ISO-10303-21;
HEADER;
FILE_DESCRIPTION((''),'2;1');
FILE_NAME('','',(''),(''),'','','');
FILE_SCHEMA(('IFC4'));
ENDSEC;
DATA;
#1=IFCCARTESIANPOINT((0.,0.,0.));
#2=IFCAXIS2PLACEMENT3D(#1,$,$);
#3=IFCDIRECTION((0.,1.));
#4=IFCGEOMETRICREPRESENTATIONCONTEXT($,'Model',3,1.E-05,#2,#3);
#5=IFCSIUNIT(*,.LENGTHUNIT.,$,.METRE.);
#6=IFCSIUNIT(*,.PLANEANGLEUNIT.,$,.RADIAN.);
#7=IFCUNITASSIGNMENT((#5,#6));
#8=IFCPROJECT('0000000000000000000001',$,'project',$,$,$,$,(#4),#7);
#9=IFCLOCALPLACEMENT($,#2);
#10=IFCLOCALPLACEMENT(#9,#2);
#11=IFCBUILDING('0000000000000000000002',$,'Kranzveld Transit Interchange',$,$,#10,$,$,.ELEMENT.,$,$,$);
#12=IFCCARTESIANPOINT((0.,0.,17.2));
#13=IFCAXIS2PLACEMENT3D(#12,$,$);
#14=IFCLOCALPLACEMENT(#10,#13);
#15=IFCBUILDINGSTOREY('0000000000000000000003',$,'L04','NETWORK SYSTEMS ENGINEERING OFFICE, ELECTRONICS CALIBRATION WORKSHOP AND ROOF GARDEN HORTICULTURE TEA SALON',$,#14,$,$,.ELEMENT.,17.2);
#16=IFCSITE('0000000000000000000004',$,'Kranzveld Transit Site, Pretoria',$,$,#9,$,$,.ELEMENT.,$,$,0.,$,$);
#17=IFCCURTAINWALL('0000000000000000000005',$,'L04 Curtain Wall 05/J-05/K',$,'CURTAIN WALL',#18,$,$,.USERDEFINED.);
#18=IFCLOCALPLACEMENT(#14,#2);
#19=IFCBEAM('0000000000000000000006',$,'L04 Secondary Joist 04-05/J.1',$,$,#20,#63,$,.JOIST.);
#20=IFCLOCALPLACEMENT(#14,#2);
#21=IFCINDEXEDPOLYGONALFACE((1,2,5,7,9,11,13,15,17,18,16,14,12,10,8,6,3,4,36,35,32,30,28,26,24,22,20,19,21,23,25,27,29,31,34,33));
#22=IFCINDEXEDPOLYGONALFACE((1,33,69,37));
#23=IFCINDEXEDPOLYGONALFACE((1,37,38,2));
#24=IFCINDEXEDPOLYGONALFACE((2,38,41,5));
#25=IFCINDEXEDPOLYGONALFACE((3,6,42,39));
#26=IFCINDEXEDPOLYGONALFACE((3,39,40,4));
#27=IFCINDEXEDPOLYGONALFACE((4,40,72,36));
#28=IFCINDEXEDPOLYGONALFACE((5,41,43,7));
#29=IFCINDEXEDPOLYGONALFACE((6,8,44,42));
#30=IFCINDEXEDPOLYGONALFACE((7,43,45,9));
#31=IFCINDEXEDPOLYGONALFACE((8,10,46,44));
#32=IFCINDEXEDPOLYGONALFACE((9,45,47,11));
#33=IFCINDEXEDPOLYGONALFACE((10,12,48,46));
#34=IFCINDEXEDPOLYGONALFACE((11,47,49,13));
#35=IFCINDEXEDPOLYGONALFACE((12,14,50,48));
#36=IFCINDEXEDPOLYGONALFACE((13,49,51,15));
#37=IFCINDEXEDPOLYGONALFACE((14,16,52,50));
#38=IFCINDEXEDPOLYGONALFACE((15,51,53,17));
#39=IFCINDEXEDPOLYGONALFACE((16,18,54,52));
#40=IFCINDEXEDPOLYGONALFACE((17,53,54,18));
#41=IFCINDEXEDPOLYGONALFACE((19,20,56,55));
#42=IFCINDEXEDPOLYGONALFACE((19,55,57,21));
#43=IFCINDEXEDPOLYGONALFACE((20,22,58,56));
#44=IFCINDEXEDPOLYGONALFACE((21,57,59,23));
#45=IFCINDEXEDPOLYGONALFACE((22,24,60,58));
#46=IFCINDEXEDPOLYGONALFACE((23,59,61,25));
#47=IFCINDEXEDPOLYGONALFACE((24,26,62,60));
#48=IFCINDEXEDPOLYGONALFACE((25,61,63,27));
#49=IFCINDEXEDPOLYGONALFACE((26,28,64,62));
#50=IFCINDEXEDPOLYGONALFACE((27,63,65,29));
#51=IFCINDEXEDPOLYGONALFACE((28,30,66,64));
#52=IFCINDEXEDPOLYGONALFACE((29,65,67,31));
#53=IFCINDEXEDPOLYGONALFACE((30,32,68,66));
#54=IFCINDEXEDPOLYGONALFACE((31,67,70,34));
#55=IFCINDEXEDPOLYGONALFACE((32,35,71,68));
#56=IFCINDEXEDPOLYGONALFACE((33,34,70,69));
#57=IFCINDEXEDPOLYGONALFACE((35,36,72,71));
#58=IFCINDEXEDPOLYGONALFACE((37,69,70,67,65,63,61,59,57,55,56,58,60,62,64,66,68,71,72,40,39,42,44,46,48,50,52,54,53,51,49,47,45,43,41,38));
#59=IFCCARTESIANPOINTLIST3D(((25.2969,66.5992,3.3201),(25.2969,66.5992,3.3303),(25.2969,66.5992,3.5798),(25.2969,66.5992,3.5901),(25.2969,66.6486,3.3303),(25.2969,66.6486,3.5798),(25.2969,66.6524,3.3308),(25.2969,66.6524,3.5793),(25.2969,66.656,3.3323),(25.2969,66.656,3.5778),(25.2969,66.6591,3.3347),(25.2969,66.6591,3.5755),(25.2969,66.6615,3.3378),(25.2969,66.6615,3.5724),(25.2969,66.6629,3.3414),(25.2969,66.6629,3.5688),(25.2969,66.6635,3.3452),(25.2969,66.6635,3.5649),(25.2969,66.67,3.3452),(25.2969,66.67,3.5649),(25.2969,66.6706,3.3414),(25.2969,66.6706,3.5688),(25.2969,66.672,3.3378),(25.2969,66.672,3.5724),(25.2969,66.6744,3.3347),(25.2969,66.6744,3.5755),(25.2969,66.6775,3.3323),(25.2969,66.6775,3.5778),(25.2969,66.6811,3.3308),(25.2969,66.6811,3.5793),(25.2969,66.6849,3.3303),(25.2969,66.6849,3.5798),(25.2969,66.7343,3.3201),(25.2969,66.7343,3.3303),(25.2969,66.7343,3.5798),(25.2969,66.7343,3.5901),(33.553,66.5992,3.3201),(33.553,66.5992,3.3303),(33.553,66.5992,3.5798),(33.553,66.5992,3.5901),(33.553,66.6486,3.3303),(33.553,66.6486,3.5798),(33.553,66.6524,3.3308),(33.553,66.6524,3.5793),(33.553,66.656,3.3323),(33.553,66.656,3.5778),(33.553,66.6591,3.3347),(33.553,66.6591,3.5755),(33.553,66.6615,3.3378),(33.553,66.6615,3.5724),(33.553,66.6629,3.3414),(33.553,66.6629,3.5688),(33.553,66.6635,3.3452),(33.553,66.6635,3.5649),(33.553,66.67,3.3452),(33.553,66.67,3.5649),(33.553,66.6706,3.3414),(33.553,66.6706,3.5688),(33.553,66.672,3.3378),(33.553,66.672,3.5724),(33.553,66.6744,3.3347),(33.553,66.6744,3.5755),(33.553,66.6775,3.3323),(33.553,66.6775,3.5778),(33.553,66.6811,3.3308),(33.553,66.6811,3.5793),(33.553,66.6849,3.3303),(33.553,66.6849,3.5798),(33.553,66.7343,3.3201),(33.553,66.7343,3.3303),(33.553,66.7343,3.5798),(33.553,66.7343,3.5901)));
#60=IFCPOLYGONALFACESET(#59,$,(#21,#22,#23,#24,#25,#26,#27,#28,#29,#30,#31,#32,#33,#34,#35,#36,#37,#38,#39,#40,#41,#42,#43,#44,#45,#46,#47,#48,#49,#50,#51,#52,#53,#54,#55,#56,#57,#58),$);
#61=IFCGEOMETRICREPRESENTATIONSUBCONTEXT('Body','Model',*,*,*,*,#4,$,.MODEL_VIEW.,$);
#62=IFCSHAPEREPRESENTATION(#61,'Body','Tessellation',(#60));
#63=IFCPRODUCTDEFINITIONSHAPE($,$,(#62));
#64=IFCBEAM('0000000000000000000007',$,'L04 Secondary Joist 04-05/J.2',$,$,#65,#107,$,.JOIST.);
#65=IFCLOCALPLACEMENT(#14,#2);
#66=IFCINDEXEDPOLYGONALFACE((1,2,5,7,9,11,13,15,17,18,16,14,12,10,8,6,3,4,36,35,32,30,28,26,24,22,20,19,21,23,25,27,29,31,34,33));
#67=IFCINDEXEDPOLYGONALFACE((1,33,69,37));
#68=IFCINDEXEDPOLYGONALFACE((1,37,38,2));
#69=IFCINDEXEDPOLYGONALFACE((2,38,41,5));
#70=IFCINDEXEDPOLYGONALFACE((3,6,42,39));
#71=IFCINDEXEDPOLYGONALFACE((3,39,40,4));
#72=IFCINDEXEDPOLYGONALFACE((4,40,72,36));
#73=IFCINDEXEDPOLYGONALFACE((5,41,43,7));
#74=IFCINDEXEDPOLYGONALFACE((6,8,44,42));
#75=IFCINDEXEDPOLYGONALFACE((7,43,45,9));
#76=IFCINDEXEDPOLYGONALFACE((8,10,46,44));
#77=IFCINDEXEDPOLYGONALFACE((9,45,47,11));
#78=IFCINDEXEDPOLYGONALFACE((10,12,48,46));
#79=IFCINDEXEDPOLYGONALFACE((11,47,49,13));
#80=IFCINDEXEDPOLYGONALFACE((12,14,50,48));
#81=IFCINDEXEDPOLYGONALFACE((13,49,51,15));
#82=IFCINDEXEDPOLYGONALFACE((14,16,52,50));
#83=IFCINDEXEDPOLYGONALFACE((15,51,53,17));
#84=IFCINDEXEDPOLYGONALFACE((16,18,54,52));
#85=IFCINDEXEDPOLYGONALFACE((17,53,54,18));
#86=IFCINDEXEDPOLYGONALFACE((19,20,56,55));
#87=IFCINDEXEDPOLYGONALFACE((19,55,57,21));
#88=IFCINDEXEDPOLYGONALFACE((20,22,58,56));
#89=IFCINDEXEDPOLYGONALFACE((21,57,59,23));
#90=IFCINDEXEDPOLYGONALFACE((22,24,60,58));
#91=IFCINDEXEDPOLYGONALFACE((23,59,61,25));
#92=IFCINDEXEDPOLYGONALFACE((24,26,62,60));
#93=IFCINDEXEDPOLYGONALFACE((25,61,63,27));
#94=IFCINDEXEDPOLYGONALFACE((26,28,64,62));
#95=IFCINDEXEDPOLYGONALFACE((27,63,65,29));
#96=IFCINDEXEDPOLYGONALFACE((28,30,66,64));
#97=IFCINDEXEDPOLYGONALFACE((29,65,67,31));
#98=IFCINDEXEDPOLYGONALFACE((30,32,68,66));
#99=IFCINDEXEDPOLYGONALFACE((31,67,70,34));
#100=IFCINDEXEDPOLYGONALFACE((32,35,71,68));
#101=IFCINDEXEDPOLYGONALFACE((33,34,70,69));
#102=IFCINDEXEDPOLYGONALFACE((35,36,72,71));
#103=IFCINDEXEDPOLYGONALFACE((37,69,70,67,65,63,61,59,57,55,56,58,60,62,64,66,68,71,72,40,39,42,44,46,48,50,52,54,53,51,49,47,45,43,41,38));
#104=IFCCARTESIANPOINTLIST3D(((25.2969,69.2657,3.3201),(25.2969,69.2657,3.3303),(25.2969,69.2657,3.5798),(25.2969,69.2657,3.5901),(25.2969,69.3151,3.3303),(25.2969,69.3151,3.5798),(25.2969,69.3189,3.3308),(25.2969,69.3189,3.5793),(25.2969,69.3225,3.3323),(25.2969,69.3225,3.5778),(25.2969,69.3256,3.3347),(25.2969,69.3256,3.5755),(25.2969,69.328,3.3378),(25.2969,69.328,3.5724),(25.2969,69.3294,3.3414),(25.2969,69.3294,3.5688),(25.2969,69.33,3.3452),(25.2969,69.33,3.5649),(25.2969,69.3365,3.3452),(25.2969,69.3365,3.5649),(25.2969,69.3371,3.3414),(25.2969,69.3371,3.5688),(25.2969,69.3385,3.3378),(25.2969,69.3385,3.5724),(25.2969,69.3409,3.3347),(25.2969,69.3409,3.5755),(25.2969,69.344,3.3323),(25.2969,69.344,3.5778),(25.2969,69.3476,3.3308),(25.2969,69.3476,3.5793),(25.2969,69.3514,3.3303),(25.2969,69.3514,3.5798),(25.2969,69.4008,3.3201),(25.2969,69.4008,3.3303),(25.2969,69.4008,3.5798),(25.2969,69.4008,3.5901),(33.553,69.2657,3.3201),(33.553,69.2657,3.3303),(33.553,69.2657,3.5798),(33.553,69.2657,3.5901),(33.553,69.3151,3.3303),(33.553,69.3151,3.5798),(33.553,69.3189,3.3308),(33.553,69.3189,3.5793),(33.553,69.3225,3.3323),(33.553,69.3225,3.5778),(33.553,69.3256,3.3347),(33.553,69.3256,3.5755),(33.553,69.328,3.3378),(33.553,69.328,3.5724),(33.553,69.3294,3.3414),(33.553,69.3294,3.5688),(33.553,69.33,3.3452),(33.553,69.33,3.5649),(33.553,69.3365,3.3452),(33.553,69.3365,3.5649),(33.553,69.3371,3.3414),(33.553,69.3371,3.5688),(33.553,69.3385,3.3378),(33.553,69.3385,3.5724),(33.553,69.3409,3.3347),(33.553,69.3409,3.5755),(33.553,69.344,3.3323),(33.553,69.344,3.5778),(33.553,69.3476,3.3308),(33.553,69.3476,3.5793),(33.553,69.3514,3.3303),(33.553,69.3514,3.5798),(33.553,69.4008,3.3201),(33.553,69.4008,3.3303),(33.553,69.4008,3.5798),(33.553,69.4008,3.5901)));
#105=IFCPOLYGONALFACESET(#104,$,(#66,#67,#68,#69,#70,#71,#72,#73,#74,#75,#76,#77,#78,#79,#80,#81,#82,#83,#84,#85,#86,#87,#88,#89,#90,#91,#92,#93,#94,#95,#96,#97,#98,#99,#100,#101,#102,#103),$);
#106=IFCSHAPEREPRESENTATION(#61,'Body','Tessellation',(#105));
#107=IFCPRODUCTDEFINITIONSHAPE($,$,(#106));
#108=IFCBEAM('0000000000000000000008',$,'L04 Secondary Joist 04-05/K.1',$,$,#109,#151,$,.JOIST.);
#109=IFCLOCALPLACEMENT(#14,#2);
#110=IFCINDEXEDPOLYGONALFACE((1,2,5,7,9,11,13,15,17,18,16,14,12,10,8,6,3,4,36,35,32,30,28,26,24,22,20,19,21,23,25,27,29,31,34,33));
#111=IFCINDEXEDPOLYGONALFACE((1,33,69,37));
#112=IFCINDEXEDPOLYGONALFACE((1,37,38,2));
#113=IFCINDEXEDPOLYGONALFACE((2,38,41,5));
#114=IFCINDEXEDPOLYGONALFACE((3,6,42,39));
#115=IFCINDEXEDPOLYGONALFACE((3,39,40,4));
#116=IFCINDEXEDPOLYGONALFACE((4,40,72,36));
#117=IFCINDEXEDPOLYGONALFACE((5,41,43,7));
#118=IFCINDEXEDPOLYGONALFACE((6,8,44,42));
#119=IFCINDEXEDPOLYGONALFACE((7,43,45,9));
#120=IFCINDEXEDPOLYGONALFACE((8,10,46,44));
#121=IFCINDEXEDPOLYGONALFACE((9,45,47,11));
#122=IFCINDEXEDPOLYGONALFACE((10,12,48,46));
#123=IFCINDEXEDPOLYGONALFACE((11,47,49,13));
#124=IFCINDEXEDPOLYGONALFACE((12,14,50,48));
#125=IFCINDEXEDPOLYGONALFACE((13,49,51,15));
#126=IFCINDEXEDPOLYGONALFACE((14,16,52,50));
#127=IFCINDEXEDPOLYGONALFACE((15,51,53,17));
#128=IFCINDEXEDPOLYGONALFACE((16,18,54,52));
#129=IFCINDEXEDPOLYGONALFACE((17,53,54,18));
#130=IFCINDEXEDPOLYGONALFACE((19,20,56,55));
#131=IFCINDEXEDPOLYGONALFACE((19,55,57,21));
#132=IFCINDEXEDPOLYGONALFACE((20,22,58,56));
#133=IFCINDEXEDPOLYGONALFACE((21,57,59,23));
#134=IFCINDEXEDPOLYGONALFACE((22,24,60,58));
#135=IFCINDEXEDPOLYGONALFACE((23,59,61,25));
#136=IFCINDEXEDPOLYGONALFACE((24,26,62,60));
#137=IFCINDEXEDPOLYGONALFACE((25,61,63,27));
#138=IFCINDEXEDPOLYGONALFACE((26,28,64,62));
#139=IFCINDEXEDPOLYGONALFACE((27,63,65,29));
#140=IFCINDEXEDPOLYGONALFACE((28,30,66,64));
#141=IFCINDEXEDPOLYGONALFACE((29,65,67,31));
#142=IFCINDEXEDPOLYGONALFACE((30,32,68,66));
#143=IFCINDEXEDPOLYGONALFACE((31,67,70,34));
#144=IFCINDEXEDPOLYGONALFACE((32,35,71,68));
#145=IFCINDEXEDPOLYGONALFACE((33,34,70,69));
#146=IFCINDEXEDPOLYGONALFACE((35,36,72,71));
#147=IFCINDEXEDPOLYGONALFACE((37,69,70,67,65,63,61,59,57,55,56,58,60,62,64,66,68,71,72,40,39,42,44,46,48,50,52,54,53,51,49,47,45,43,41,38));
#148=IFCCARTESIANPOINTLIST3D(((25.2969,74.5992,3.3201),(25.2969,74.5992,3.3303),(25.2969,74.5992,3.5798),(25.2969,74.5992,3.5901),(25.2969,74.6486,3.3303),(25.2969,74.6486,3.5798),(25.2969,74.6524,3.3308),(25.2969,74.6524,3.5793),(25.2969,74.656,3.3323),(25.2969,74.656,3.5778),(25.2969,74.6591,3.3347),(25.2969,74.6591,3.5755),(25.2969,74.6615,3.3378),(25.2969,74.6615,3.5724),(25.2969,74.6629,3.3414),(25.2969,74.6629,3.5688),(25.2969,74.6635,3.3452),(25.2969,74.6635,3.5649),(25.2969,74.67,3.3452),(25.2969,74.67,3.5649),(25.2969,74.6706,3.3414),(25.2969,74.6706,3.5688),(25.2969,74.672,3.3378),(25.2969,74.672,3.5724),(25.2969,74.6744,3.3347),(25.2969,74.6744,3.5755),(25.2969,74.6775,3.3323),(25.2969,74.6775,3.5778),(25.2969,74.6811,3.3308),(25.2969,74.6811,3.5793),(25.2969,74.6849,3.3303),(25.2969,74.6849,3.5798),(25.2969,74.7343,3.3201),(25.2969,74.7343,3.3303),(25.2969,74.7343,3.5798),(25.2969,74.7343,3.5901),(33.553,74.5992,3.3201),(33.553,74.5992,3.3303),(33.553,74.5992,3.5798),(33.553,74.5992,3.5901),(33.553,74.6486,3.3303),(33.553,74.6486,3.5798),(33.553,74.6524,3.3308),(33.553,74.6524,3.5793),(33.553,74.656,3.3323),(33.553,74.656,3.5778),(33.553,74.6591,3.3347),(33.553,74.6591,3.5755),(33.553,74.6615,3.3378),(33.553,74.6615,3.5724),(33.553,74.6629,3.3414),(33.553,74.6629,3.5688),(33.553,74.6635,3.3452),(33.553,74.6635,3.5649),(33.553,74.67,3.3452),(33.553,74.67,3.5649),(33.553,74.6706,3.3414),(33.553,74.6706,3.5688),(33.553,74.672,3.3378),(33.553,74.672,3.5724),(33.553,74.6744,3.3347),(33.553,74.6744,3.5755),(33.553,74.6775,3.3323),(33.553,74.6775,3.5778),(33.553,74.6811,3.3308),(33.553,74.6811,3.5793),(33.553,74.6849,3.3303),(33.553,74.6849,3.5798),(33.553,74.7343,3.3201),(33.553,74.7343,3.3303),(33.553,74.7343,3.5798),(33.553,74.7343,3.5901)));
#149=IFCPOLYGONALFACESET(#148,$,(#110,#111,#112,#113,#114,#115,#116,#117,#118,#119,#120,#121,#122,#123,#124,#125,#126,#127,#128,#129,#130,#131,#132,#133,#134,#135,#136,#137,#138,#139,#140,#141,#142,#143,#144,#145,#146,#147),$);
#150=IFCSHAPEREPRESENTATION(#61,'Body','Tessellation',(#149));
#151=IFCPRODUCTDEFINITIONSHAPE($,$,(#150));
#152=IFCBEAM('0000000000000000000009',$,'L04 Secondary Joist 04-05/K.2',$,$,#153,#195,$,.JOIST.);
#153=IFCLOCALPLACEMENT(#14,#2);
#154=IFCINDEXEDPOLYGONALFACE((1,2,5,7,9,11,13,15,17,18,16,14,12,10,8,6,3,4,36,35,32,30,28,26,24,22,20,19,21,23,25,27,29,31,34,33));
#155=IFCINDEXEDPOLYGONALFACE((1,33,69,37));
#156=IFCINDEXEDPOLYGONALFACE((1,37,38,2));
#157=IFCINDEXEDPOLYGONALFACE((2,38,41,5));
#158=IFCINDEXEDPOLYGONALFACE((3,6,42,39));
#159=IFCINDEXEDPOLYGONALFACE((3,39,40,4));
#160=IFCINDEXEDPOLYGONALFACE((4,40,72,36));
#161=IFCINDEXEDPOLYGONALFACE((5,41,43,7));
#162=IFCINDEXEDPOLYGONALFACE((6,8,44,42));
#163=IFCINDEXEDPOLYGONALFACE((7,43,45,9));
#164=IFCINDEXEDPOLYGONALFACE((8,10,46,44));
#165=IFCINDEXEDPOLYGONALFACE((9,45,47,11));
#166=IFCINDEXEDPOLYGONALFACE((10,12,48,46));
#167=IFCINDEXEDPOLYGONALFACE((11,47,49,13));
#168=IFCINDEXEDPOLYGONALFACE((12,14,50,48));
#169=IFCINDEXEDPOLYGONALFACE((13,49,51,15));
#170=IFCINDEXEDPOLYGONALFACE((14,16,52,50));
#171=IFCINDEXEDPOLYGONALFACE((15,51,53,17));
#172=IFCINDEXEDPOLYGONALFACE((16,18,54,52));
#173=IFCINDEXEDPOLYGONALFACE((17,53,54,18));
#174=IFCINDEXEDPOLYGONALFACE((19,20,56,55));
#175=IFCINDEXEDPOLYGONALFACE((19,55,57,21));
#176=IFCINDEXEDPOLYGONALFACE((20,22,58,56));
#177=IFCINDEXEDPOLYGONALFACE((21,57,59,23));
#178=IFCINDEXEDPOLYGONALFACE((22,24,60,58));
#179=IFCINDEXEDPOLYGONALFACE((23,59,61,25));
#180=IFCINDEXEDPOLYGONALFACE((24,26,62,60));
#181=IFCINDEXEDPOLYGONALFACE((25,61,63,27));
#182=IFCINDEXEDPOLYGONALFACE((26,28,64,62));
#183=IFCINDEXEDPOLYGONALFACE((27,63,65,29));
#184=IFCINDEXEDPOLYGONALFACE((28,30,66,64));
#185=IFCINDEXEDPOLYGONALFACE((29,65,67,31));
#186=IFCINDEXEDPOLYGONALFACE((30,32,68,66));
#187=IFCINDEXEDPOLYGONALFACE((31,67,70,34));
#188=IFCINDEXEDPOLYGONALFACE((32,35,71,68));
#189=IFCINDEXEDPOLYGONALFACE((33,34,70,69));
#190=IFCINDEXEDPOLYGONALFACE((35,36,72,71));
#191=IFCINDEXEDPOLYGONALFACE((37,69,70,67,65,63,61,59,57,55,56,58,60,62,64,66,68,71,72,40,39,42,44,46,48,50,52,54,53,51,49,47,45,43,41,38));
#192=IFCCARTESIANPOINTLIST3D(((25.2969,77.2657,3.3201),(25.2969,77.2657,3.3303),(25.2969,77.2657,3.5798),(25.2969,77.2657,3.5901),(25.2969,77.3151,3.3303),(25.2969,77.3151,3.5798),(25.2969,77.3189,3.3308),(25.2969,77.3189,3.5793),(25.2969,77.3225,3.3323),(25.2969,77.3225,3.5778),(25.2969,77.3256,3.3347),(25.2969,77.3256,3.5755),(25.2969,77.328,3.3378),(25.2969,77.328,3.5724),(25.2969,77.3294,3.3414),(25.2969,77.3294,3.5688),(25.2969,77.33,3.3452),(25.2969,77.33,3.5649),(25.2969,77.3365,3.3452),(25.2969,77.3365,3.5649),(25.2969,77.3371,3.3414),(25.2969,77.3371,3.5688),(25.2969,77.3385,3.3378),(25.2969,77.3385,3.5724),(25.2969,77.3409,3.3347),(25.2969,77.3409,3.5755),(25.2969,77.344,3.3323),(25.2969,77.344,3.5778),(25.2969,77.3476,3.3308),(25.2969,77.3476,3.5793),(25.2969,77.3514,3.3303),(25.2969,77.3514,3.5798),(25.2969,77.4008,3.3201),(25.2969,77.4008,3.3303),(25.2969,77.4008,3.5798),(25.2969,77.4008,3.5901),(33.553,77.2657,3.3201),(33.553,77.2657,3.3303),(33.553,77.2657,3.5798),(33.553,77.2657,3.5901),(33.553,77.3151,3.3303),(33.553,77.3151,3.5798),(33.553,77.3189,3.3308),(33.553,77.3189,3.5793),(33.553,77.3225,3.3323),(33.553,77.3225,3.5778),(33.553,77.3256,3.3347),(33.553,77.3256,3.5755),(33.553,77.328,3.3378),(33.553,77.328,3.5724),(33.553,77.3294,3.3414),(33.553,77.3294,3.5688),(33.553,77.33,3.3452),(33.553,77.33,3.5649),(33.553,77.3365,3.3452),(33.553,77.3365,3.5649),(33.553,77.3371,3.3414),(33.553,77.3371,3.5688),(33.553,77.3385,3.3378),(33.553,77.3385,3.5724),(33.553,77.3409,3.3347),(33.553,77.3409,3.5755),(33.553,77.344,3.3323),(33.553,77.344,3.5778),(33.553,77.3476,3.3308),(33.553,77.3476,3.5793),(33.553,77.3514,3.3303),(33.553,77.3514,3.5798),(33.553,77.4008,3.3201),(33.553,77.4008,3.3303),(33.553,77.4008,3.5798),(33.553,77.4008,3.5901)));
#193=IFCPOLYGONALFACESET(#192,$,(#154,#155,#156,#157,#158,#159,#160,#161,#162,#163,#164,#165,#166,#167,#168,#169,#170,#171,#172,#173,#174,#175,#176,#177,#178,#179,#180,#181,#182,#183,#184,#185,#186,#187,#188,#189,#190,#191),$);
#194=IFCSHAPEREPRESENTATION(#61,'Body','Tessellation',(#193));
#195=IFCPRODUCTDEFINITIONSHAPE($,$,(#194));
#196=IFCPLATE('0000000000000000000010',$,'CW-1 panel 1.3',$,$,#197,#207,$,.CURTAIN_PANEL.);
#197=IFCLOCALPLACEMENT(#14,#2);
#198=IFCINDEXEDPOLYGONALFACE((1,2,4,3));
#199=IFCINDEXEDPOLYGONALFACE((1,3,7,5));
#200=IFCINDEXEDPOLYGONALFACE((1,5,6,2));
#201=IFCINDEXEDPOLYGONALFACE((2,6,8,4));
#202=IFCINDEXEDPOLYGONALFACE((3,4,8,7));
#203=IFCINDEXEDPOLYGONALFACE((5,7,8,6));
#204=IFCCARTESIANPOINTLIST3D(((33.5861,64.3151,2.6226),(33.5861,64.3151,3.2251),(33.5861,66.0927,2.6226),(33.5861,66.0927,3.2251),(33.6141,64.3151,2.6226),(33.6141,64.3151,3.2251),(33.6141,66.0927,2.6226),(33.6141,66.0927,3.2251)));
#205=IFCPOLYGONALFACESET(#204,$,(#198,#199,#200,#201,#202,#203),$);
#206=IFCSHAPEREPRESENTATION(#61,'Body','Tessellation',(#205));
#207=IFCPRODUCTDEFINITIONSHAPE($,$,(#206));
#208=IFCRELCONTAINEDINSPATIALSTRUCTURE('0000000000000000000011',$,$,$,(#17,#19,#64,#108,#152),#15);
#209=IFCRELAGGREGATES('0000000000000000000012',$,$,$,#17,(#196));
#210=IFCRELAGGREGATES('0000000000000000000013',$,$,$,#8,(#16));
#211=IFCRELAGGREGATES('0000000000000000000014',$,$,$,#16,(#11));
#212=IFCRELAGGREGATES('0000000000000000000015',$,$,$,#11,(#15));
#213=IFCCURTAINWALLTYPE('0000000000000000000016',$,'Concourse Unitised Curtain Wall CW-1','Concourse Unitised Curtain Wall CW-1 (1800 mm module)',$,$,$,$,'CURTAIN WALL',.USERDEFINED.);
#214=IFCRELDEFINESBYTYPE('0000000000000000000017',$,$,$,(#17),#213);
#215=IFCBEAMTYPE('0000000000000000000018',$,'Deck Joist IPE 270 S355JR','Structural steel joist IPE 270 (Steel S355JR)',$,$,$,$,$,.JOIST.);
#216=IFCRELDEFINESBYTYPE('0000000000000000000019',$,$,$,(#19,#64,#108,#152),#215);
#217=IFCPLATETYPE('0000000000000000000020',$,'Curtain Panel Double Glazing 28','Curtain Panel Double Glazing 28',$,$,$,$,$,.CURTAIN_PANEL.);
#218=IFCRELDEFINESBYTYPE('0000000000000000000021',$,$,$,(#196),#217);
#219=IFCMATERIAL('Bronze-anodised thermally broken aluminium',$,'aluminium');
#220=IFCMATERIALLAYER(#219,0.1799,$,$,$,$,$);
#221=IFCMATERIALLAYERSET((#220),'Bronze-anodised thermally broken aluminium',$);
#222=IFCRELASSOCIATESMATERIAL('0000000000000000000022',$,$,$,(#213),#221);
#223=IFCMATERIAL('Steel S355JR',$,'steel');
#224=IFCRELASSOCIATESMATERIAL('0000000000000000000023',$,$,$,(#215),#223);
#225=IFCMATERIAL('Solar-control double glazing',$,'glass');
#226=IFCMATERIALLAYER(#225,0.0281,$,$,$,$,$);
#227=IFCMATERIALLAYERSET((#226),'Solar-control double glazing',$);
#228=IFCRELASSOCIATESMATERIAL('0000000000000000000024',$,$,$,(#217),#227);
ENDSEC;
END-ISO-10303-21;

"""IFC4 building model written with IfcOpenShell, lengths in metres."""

from ifc_helpers import new_model, si_unit, direction, frame, origin, origin_2d, place, context, subcontext, project, spatial, rectangle, i_section, extrude, material, layer, layer_set, material_profile, profile_set, type_object, element, aggregate, save


model = new_model("IFC4")

# Units and contexts
model_context = context("Model", 3, precision=1e-05, world=origin(), true_north=direction((0.0, 1.0)))
body_context = subcontext(model_context, "Body", "Model", "MODEL_VIEW")
ifc_project = project(units=[si_unit("LENGTHUNIT", "METRE"), si_unit("PLANEANGLEUNIT", "RADIAN")], contexts=[model_context])

# Site, building, storey
site_placement = place(None, origin())
site = spatial("IfcSite", under=ifc_project, at=site_placement, Name="Kranzveld Transit Site, Pretoria", CompositionType="ELEMENT", RefElevation=0.0)
building_placement = place(site_placement, origin())
building = spatial("IfcBuilding", under=site, at=building_placement, Name="Kranzveld Transit Interchange", CompositionType="ELEMENT")
storey_placement = place(building_placement, frame((0.0, 0.0, 17.2)))
storey = spatial("IfcBuildingStorey", under=building, at=storey_placement, Name="L04", Description="NETWORK SYSTEMS ENGINEERING OFFICE, ELECTRONICS CALIBRATION WORKSHOP AND ROOF GARDEN HORTICULTURE TEA SALON", CompositionType="ELEMENT", Elevation=17.2)

# Curtain wall
ifc_material_1 = material(Name="Bronze-anodised thermally broken aluminium", Category="aluminium")
ifc_layer_1 = layer(ifc_material_1, 0.1799)
ifc_layer_set_1 = layer_set([ifc_layer_1], Name="Bronze-anodised thermally broken aluminium")
curtain_wall_type = type_object("IfcCurtainWallType", Name="Concourse Unitised Curtain Wall CW-1", Description="Concourse Unitised Curtain Wall CW-1 (1800 mm module)", ElementType="CURTAIN WALL", PredefinedType="USERDEFINED", material=ifc_layer_set_1)
curtain_wall_placement = place(storey_placement, origin())
curtain_wall = element("IfcCurtainWall", 1, at=curtain_wall_placement, inside=storey, type_object=curtain_wall_type, Name="L04 Curtain Wall 05/J-05/K", ObjectType="CURTAIN WALL", PredefinedType="USERDEFINED")

# Beams
ifc_material_2 = material(Name="Steel S355JR", Category="steel")
ifc_material_profile_1 = material_profile(ifc_material_2, i_section(OverallWidth=0.135, OverallDepth=0.27, WebThickness=0.0066, FlangeThickness=0.0103, FilletRadius=0.0149, at=origin_2d()), Name="IPE 270")
ifc_profile_set_1 = profile_set([ifc_material_profile_1], Name="Steel S355JR")
beam_type_1 = type_object("IfcBeamType", Name="Deck Joist IPE 270 S355JR", Description="Structural steel joist IPE 270 (Steel S355JR)", PredefinedType="JOIST", material=ifc_profile_set_1)
for number, where, z_axis, x_axis, name in (
    (2, (25.2969, 66.6667, 3.4551), (1.0, 0.0, 0.0), (0.0, 1.0, 0.0), "L04 Secondary Joist 04-05/J.1"),
    (3, (25.2969, 69.3333, 3.4551), (1.0, 0.0, 0.0), (0.0, 1.0, 0.0), "L04 Secondary Joist 04-05/J.2"),
    (4, (25.2969, 74.6667, 3.4551), (1.0, 0.0, 0.0), (0.0, 1.0, 0.0), "L04 Secondary Joist 04-05/K.1"),
    (5, (25.2969, 77.3333, 3.4551), (1.0, 0.0, 0.0), (0.0, 1.0, 0.0), "L04 Secondary Joist 04-05/K.2"),
):
    element("IfcBeam", number, at=place(storey_placement, frame(where, z_axis=z_axis, x_axis=x_axis)), inside=storey, type_object=beam_type_1, Name=name, PredefinedType="JOIST", context=body_context, shape_type="SweptSolid", body=[
        extrude(i_section(OverallWidth=0.135, OverallDepth=0.27, WebThickness=0.0066, FlangeThickness=0.0103, FilletRadius=0.0149, at=origin_2d()), origin(), (0.0, 0.0, 1.0), 8.2561),
    ])

# Plate
ifc_material_3 = material(Name="Solar-control double glazing", Category="glass")
ifc_layer_2 = layer(ifc_material_3, 0.0281)
ifc_layer_set_2 = layer_set([ifc_layer_2], Name="Solar-control double glazing")
plate_type = type_object("IfcPlateType", Name="Curtain Panel Double Glazing 28", Description="Curtain Panel Double Glazing 28", PredefinedType="CURTAIN_PANEL", material=ifc_layer_set_2)
plate_1_placement = place(storey_placement, frame((33.6001, 65.2039, 2.6226), z_axis=(0.0, 0.0, 1.0), x_axis=(0.0, 1.0, 0.0)))
plate_1 = element("IfcPlate", 6, at=plate_1_placement, type_object=plate_type, Name="CW-1 panel 1.3", PredefinedType="CURTAIN_PANEL", context=body_context, shape_type="SweptSolid", body=[
    extrude(rectangle(XDim=1.7776, YDim=0.0281, at=origin_2d()), origin(), (0.0, 0.0, 1.0), 0.6025),
])
aggregate(curtain_wall, [plate_1])

save(model, "model.ifc")
